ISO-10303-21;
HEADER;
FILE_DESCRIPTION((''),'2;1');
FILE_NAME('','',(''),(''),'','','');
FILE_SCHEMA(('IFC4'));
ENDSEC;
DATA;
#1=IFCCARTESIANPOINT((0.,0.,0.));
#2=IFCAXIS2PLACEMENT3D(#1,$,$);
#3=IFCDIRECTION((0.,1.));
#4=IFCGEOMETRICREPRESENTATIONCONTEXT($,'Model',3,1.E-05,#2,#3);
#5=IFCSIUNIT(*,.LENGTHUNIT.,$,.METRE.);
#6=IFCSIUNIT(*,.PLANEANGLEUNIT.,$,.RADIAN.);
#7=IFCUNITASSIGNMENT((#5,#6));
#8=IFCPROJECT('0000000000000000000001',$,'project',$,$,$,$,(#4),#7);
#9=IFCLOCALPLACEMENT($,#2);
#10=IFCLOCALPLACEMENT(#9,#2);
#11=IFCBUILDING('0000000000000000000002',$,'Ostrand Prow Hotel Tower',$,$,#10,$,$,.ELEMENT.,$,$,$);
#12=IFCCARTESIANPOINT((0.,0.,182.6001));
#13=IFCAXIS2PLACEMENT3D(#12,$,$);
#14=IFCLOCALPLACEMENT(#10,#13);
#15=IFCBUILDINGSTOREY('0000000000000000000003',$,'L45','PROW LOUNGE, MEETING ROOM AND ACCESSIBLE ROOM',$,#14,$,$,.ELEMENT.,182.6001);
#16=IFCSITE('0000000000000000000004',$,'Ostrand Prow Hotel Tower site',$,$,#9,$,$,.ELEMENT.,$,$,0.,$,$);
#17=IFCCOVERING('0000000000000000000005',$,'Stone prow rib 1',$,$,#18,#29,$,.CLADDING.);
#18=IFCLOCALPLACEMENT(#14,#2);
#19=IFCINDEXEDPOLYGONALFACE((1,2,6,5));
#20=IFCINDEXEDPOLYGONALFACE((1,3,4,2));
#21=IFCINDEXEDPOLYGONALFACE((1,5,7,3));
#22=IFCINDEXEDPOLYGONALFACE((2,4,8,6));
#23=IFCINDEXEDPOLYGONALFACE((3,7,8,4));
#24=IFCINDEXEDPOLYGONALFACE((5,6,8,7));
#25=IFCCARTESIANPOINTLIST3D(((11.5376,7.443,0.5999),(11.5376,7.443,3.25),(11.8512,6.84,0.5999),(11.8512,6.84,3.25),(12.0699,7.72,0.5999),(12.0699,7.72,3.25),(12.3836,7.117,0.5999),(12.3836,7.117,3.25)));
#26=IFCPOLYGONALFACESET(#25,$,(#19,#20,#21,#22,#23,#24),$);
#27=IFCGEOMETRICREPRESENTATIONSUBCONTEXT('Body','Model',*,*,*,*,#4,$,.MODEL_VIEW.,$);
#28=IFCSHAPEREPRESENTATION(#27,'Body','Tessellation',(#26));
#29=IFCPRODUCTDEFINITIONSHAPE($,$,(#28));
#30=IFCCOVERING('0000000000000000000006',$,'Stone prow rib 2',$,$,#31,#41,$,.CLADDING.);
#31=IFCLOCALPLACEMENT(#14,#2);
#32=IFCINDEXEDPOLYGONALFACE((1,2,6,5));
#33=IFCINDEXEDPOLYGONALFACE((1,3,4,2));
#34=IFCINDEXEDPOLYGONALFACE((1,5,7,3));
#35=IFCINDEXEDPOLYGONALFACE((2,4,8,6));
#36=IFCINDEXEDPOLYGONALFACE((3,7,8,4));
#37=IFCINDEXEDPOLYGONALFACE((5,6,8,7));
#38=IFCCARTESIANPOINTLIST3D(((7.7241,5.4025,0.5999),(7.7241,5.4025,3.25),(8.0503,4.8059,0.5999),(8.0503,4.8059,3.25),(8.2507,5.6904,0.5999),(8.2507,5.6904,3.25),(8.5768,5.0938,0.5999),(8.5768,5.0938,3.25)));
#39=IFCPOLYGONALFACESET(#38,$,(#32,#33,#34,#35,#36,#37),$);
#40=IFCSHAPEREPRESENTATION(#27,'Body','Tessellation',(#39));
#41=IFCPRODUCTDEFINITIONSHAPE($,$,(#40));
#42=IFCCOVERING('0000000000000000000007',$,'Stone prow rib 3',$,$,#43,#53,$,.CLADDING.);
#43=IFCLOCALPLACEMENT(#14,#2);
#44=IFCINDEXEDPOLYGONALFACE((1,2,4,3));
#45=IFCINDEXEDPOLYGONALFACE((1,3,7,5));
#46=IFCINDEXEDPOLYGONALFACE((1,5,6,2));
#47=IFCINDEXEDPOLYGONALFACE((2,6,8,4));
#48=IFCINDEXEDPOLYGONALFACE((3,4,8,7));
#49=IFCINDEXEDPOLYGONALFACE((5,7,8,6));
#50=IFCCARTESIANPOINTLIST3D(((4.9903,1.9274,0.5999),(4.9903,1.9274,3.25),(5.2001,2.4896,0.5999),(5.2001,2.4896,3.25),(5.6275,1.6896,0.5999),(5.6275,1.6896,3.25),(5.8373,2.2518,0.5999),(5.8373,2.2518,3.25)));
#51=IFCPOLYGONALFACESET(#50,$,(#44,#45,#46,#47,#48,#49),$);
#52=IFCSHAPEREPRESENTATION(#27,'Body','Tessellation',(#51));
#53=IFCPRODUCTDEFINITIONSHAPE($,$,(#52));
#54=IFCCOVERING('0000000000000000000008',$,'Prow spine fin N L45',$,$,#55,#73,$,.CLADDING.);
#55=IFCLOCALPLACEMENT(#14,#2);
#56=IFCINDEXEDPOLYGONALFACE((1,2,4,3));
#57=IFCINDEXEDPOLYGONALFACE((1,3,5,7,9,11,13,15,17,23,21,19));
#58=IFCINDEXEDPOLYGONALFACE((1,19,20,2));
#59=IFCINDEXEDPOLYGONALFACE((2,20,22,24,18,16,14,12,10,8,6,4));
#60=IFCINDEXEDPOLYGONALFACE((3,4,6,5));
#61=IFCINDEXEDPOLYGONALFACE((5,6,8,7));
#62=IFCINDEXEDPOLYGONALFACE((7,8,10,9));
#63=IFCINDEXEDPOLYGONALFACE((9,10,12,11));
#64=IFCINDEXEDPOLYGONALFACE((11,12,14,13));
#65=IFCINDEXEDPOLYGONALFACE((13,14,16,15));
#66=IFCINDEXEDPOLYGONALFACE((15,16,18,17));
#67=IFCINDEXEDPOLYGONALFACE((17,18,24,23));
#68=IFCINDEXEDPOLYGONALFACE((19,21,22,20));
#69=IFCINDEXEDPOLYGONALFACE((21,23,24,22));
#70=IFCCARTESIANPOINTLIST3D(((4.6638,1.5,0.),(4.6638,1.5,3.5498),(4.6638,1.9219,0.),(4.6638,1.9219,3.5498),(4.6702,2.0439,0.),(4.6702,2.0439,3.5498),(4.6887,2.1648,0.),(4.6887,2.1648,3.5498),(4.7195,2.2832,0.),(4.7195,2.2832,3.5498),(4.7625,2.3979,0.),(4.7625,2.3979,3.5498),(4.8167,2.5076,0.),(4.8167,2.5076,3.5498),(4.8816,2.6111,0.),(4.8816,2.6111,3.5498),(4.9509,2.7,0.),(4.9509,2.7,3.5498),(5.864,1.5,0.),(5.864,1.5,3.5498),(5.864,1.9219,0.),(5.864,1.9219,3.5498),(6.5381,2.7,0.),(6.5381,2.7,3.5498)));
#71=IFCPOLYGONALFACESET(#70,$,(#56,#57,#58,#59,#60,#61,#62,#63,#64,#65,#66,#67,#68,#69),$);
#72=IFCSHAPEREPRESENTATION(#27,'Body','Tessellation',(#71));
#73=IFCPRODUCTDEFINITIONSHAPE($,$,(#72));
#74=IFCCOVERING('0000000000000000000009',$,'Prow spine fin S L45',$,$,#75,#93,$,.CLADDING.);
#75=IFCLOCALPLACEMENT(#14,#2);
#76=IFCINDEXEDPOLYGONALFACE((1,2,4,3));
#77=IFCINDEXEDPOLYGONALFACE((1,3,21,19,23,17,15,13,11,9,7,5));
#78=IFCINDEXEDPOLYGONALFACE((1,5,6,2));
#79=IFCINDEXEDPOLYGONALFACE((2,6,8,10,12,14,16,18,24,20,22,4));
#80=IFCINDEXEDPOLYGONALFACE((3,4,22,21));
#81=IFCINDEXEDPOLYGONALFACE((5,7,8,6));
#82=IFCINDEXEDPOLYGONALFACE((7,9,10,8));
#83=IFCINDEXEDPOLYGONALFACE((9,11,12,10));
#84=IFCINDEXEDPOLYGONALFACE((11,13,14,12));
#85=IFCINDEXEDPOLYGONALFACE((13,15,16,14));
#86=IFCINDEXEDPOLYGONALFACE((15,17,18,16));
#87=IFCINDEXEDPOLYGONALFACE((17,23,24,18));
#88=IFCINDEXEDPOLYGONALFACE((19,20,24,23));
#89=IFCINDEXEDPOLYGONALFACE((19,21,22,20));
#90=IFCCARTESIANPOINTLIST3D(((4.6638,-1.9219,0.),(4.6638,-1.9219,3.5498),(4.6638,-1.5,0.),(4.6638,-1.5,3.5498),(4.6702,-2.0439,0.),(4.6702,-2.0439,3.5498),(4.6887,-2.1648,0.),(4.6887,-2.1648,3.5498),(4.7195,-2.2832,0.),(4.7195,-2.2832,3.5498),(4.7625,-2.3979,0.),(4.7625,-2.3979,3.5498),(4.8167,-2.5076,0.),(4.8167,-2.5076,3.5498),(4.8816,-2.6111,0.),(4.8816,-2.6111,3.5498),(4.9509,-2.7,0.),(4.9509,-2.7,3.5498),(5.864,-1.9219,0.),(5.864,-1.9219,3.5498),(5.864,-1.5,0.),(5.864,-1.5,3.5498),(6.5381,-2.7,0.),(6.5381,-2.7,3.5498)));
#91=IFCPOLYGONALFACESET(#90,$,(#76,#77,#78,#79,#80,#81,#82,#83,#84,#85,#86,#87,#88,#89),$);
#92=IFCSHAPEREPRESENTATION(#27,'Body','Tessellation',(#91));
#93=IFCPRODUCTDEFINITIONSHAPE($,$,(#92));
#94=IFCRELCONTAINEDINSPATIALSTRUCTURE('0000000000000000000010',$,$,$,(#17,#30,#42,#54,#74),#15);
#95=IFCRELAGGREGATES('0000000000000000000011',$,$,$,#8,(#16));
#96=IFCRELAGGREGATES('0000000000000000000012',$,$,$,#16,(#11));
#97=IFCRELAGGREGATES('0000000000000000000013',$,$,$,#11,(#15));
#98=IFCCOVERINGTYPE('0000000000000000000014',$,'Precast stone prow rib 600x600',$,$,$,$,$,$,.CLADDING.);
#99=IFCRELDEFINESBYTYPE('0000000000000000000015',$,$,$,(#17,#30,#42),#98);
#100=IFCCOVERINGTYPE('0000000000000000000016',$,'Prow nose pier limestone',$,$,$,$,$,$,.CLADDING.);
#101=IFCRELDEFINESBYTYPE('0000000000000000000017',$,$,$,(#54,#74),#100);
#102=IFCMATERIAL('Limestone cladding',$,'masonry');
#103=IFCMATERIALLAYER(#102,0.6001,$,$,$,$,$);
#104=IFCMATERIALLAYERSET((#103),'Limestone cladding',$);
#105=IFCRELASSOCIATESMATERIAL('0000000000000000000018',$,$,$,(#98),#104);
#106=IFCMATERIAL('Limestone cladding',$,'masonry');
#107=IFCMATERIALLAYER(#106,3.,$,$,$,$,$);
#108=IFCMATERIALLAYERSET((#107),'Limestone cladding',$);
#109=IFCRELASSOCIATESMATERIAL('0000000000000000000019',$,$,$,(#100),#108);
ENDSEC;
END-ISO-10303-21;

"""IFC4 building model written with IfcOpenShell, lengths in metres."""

from ifc_helpers import new_model, si_unit, direction, frame, frame_2d, origin, place, context, subcontext, project, spatial, polyline, rectangle, outline, extrude, material, layer, layer_set, type_object, element, save


model = new_model("IFC4")

# Units and contexts
model_context = context("Model", 3, precision=1e-05, world=origin(), true_north=direction((0.0, 1.0)))
body_context = subcontext(model_context, "Body", "Model", "MODEL_VIEW")
ifc_project = project(units=[si_unit("LENGTHUNIT", "METRE"), si_unit("PLANEANGLEUNIT", "RADIAN")], contexts=[model_context])

# Site, building, storey
site_placement = place(None, origin())
site = spatial("IfcSite", under=ifc_project, at=site_placement, Name="Ostrand Prow Hotel Tower site", CompositionType="ELEMENT", RefElevation=0.0)
building_placement = place(site_placement, origin())
building = spatial("IfcBuilding", under=site, at=building_placement, Name="Ostrand Prow Hotel Tower", CompositionType="ELEMENT")
storey_placement = place(building_placement, frame((0.0, 0.0, 182.6001)))
storey = spatial("IfcBuildingStorey", under=building, at=storey_placement, Name="L45", Description="PROW LOUNGE, MEETING ROOM AND ACCESSIBLE ROOM", CompositionType="ELEMENT", Elevation=182.6001)

# Coverings
ifc_material_1 = material(Name="Limestone cladding", Category="masonry")
ifc_layer_1 = layer(ifc_material_1, 0.6001)
ifc_layer_set_1 = layer_set([ifc_layer_1], Name="Limestone cladding")
covering_type_1 = type_object("IfcCoveringType", Name="Precast stone prow rib 600x600", PredefinedType="CLADDING", material=ifc_layer_set_1)
covering_1_placement = place(storey_placement, frame((12.1174, 6.9785, 0.5999), z_axis=(0.0, 0.0, 1.0), x_axis=(-0.461522, 0.887129, 0.0)))
element("IfcCovering", 1, at=covering_1_placement, inside=storey, type_object=covering_type_1, Name="Stone prow rib 1", PredefinedType="CLADDING", context=body_context, shape_type="SweptSolid", body=[
    extrude(rectangle(XDim=0.6797, YDim=0.6001, at=frame_2d((0.3398, 0.0))), origin(), (0.0, 0.0, 1.0), 2.6501),
])
covering_2_placement = place(storey_placement, frame((8.3135, 4.95, 0.5999), z_axis=(0.0, 0.0, 1.0), x_axis=(-0.479657, 0.877456, 0.0)))
element("IfcCovering", 2, at=covering_2_placement, inside=storey, type_object=covering_type_1, Name="Stone prow rib 2", PredefinedType="CLADDING", context=body_context, shape_type="SweptSolid", body=[
    extrude(rectangle(XDim=0.6799, YDim=0.6001, at=frame_2d((0.3398, 0.0))), origin(), (0.0, 0.0, 1.0), 2.6501),
])
covering_3_placement = place(storey_placement, frame((5.7324, 1.9707, 0.5999), z_axis=(0.0, 0.0, 1.0), x_axis=(-0.936889, 0.349628, 0.0)))
element("IfcCovering", 3, at=covering_3_placement, inside=storey, type_object=covering_type_1, Name="Stone prow rib 3", PredefinedType="CLADDING", context=body_context, shape_type="SweptSolid", body=[
    extrude(rectangle(XDim=0.6802, YDim=0.6001, at=frame_2d((0.3401, 0.0))), origin(), (0.0, 0.0, 1.0), 2.6501),
])
ifc_material_2 = material(Name="Limestone cladding", Category="masonry")
ifc_layer_2 = layer(ifc_material_2, 3.0)
ifc_layer_set_2 = layer_set([ifc_layer_2], Name="Limestone cladding")
covering_type_2 = type_object("IfcCoveringType", Name="Prow nose pier limestone", PredefinedType="CLADDING", material=ifc_layer_set_2)
covering_4_placement = place(storey_placement, origin())
element("IfcCovering", 4, at=covering_4_placement, inside=storey, type_object=covering_type_2, Name="Prow spine fin N L45", PredefinedType="CLADDING", context=body_context, shape_type="SweptSolid", body=[
    extrude(outline(polyline([(4.6638, 1.9219), (4.6638, 1.5), (5.864, 1.5), (5.864, 1.9219), (6.5381, 2.7), (4.9509, 2.7), (4.8816, 2.6111), (4.8167, 2.5076), (4.7625, 2.3979), (4.7195, 2.2832), (4.6887, 2.1648), (4.6702, 2.0439), (4.6638, 1.9219)])), origin(), (0.0, 0.0, 1.0), 3.5498),
])
covering_5_placement = place(storey_placement, origin())
element("IfcCovering", 5, at=covering_5_placement, inside=storey, type_object=covering_type_2, Name="Prow spine fin S L45", PredefinedType="CLADDING", context=body_context, shape_type="SweptSolid", body=[
    extrude(outline(polyline([(4.8816, -2.6111), (4.9509, -2.7), (6.5381, -2.7), (5.864, -1.9219), (5.864, -1.5), (4.6638, -1.5), (4.6638, -1.9219), (4.6702, -2.0439), (4.6887, -2.1648), (4.7195, -2.2832), (4.7625, -2.3979), (4.8167, -2.5076), (4.8816, -2.6111)])), origin(), (0.0, 0.0, 1.0), 3.5498),
])

save(model, "model.ifc")
